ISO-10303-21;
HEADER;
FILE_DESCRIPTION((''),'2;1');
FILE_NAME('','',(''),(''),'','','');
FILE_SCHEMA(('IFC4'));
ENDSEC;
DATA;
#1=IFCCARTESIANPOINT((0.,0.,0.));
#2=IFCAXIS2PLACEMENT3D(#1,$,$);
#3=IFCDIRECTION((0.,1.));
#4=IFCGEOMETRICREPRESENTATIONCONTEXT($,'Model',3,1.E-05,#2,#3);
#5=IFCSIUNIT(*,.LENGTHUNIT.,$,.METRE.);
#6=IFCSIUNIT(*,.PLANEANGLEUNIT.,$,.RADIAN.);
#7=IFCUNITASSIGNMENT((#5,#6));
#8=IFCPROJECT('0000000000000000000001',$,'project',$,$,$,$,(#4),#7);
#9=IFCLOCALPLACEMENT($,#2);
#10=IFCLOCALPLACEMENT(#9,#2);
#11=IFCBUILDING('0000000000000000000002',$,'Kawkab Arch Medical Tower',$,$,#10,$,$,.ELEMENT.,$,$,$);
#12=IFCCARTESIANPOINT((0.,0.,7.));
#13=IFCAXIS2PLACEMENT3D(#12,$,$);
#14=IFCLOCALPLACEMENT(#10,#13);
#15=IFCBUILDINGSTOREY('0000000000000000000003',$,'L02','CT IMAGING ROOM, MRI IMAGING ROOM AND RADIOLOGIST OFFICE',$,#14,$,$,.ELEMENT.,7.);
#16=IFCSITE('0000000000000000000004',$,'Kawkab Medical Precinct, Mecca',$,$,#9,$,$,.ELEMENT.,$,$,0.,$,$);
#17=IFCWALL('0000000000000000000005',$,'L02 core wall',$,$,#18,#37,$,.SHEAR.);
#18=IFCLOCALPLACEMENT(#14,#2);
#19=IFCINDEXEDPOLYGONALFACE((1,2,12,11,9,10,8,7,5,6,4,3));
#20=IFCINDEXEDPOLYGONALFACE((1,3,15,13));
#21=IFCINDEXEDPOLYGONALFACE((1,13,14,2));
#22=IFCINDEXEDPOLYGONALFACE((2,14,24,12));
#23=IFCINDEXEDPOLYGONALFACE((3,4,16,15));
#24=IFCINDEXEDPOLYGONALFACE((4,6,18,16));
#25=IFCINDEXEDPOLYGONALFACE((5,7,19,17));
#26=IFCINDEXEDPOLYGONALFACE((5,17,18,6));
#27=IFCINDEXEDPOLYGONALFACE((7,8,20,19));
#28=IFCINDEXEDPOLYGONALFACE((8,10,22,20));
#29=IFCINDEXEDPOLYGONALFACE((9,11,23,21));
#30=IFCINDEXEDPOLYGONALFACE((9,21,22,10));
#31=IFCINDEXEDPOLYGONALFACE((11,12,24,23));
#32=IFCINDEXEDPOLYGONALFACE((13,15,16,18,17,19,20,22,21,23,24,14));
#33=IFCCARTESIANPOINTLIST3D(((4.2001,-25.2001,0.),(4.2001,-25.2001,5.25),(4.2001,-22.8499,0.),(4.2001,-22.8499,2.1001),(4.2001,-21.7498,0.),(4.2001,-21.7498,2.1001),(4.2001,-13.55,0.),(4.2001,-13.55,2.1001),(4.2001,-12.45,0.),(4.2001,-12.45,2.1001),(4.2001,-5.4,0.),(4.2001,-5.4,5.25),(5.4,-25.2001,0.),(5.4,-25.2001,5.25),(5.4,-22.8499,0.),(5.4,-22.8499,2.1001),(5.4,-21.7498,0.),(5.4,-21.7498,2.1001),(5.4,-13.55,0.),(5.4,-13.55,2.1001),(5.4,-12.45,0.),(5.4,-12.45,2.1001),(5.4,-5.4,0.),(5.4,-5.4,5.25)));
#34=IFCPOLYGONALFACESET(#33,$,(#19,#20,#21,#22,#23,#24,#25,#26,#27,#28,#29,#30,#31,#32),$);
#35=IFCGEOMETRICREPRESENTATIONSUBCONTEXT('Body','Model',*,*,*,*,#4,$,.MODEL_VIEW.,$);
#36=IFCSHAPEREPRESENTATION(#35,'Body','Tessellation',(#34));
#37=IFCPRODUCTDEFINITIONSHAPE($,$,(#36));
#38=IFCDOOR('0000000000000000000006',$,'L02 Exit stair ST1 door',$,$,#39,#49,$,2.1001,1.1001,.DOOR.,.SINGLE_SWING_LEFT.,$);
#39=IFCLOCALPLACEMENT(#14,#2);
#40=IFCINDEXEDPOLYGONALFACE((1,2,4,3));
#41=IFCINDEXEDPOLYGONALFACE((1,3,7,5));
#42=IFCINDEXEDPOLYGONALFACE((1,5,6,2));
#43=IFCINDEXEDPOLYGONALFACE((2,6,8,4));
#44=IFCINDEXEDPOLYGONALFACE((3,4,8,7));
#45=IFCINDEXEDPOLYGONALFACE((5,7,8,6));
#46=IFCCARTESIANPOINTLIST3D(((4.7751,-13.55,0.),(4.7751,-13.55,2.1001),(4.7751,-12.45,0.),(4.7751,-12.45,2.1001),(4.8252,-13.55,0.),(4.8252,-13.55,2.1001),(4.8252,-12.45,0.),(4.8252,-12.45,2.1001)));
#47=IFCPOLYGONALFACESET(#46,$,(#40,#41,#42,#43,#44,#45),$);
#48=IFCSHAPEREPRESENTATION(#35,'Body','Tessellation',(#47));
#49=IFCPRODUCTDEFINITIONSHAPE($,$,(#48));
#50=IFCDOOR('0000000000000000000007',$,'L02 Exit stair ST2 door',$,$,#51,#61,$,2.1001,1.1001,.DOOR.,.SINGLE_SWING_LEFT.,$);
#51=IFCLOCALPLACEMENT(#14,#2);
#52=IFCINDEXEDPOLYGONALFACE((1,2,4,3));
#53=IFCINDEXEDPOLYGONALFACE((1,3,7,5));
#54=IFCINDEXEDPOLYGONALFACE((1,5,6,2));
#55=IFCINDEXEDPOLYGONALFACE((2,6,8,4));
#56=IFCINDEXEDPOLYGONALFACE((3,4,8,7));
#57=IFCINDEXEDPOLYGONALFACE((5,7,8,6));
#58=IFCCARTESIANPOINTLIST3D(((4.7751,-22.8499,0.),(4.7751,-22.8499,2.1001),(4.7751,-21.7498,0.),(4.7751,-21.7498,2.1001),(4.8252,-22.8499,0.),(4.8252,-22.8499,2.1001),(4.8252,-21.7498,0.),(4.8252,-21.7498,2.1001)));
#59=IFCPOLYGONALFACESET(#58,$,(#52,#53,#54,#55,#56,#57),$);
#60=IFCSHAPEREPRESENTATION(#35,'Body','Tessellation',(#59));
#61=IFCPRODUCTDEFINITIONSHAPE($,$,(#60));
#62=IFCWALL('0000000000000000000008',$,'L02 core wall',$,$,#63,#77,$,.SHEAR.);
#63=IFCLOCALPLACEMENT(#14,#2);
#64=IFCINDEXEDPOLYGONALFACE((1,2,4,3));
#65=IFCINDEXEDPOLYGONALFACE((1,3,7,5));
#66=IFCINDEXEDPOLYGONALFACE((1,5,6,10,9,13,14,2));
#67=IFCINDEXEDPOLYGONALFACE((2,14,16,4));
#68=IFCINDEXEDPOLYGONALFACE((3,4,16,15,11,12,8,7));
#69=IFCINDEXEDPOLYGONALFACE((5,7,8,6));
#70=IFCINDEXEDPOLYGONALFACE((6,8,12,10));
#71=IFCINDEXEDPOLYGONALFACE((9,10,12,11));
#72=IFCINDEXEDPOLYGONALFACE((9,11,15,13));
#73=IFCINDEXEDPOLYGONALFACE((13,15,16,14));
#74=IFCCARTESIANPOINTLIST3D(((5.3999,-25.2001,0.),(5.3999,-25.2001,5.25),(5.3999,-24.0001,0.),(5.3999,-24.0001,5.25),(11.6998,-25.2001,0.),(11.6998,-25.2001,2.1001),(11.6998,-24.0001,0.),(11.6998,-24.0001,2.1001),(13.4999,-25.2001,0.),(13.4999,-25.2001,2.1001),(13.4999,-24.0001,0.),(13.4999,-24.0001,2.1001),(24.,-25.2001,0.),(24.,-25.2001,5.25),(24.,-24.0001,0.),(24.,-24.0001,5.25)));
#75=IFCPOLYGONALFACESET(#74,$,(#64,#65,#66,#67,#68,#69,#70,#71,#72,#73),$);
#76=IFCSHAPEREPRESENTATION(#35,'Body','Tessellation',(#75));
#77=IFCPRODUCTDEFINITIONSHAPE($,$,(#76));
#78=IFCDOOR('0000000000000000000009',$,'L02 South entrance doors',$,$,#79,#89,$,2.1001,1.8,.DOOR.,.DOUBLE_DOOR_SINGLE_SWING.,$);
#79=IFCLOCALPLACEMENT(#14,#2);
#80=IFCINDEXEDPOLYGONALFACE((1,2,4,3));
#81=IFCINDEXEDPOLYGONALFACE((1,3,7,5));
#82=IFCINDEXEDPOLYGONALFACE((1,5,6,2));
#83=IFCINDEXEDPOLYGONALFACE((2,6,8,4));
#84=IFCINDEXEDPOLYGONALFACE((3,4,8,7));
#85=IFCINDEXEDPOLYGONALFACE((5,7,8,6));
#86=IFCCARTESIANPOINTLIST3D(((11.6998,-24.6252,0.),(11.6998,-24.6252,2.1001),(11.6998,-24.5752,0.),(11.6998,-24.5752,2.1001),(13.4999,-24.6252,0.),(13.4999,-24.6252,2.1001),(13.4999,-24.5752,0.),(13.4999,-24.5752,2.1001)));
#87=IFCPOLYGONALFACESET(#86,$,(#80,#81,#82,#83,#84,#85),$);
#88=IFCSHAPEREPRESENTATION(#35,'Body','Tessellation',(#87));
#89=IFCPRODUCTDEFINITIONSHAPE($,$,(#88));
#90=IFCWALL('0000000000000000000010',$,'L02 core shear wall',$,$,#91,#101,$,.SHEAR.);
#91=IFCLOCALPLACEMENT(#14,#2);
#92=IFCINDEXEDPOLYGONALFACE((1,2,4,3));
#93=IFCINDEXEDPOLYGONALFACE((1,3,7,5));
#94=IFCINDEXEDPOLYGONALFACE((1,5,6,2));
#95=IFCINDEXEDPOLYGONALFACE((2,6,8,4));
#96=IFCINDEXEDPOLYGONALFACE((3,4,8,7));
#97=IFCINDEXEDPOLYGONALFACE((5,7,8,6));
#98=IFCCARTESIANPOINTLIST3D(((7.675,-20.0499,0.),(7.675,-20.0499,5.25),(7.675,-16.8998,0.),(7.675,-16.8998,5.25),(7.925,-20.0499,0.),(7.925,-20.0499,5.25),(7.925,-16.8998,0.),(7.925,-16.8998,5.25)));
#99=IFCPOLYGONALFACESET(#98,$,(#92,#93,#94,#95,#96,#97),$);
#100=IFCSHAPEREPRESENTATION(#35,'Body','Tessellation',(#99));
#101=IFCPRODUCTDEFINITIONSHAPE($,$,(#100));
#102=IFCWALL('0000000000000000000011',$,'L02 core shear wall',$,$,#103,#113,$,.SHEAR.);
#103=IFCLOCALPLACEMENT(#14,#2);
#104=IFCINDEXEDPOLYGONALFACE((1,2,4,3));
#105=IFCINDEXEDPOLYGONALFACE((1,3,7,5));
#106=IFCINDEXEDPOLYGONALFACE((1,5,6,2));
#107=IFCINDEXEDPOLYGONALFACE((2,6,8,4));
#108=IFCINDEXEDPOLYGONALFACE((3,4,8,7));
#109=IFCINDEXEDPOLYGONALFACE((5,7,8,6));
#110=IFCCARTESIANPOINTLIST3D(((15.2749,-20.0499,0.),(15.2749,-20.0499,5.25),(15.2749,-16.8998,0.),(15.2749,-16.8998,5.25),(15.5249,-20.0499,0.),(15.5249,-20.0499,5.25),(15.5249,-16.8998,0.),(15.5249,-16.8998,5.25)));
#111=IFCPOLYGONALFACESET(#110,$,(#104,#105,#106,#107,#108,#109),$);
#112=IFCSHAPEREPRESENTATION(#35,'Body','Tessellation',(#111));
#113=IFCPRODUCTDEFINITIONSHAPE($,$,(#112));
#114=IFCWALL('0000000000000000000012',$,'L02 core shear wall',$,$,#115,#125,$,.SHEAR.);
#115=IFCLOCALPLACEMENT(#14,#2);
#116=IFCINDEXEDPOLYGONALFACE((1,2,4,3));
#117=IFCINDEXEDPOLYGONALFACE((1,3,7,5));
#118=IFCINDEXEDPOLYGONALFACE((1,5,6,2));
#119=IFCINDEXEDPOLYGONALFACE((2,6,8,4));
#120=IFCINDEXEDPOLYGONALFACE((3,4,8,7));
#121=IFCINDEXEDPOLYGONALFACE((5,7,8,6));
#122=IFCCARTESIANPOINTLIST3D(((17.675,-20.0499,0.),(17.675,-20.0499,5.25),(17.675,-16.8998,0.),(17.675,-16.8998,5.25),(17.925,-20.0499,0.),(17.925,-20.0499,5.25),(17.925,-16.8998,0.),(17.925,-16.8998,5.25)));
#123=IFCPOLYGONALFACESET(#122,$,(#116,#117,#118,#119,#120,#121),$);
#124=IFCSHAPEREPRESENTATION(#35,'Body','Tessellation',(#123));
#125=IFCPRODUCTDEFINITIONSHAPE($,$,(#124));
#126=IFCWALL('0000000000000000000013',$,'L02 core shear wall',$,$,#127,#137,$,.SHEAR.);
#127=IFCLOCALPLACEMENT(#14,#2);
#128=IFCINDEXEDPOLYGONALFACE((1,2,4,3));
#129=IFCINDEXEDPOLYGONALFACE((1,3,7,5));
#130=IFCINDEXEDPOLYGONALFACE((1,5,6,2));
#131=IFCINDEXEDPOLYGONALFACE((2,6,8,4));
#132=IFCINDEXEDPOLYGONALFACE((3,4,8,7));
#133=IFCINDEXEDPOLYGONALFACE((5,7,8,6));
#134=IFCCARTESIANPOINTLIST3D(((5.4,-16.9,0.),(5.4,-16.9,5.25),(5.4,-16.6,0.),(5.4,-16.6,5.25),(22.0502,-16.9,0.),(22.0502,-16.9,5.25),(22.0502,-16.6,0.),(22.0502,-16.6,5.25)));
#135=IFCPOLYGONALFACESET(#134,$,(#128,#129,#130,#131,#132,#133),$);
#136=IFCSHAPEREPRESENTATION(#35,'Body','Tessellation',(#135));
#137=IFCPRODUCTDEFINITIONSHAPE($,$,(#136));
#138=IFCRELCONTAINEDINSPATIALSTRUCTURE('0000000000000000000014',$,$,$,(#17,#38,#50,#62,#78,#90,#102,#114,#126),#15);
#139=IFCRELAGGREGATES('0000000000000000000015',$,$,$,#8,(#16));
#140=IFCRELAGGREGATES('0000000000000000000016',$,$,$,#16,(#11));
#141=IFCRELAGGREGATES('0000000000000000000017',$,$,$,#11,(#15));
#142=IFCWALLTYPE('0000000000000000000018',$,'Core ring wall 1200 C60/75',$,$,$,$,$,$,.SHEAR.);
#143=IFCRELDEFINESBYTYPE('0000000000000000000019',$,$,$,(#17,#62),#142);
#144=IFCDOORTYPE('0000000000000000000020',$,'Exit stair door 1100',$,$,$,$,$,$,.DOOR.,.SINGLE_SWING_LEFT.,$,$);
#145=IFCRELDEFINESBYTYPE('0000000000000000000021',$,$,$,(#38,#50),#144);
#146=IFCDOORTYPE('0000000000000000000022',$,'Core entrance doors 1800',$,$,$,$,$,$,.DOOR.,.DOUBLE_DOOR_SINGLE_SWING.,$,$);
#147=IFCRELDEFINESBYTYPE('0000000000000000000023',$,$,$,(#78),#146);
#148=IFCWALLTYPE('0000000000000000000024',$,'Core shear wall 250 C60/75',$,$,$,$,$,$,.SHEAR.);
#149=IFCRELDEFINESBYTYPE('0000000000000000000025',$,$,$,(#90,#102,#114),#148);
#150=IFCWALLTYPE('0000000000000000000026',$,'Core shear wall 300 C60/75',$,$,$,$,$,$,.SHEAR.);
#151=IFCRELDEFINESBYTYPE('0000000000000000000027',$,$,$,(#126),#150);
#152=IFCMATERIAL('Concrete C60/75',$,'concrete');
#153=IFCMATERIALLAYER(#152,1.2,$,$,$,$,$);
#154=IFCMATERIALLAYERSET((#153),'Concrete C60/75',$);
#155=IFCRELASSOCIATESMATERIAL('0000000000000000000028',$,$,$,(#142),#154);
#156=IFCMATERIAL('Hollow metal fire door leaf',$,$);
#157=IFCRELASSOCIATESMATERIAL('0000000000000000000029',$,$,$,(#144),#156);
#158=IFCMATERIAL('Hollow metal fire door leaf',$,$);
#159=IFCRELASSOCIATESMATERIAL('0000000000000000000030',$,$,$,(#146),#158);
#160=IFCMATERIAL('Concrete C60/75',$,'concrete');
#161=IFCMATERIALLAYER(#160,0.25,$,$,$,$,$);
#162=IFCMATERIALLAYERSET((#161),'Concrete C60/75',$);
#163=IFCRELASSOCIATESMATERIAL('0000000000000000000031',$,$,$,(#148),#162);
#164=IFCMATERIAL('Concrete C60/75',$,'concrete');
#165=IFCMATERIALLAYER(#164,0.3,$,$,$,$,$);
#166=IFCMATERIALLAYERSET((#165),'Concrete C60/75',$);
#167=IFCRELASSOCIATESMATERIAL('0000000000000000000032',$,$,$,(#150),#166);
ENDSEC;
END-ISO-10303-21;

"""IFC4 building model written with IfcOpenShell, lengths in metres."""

from ifc_helpers import new_model, si_unit, direction, frame, frame_2d, origin, place, context, subcontext, project, spatial, rectangle, extrude, material, layer, layer_set, type_object, element, fill, save


model = new_model("IFC4")

# Units and contexts
model_context = context("Model", 3, precision=1e-05, world=origin(), true_north=direction((0.0, 1.0)))
body_context = subcontext(model_context, "Body", "Model", "MODEL_VIEW")
ifc_project = project(units=[si_unit("LENGTHUNIT", "METRE"), si_unit("PLANEANGLEUNIT", "RADIAN")], contexts=[model_context])

# Site, building, storey
site_placement = place(None, origin())
site = spatial("IfcSite", under=ifc_project, at=site_placement, Name="Kawkab Medical Precinct, Mecca", CompositionType="ELEMENT", RefElevation=0.0)
building_placement = place(site_placement, origin())
building = spatial("IfcBuilding", under=site, at=building_placement, Name="Kawkab Arch Medical Tower", CompositionType="ELEMENT")
storey_placement = place(building_placement, frame((0.0, 0.0, 7.0)))
storey = spatial("IfcBuildingStorey", under=building, at=storey_placement, Name="L02", Description="CT IMAGING ROOM, MRI IMAGING ROOM AND RADIOLOGIST OFFICE", CompositionType="ELEMENT", Elevation=7.0)

# Wall, openings, doors
ifc_material_1 = material(Name="Concrete C60/75", Category="concrete")
ifc_layer_1 = layer(ifc_material_1, 1.2)
ifc_layer_set_1 = layer_set([ifc_layer_1], Name="Concrete C60/75")
wall_type_1 = type_object("IfcWallType", Name="Core ring wall 1200 C60/75", PredefinedType="SHEAR", material=ifc_layer_set_1)
wall_1_placement = place(storey_placement, frame((4.8, -25.2, 0.0), z_axis=(0.0, 0.0, 1.0), x_axis=(0.0, 1.0, 0.0)))
wall_1 = element("IfcWall", 1, at=wall_1_placement, inside=storey, type_object=wall_type_1, Name="L02 core wall", PredefinedType="SHEAR", context=body_context, shape_type="SweptSolid", body=[
    extrude(rectangle(XDim=19.8, YDim=1.2, at=frame_2d((9.8999, 0.0))), origin(), (0.0, 0.0, 1.0), 5.25),
])
opening_1_placement = place(wall_1_placement, frame((11.6499, 0.0, 0.0)))
opening_1 = element("IfcOpeningElement", 2, at=opening_1_placement, cuts=wall_1, PredefinedType="OPENING", context=body_context, shape_type="SweptSolid", body=[
    extrude(rectangle(XDim=1.1001, YDim=2.1001, at=frame_2d((0.55, 1.05))), frame((0.0, 0.6099, 0.0), z_axis=(0.0, -1.0, 0.0), x_axis=(1.0, 0.0, 0.0)), (0.0, 0.0, 1.0), 1.22),
])
opening_2_placement = place(wall_1_placement, frame((2.3501, 0.0, 0.0)))
opening_2 = element("IfcOpeningElement", 3, at=opening_2_placement, cuts=wall_1, PredefinedType="OPENING", context=body_context, shape_type="SweptSolid", body=[
    extrude(rectangle(XDim=1.1001, YDim=2.1001, at=frame_2d((0.55, 1.05))), frame((0.0, 0.6099, 0.0), z_axis=(0.0, -1.0, 0.0), x_axis=(1.0, 0.0, 0.0)), (0.0, 0.0, 1.0), 1.22),
])
ifc_material_2 = material(Name="Hollow metal fire door leaf")
door_type_1 = type_object("IfcDoorType", Name="Exit stair door 1100", OperationType="SINGLE_SWING_LEFT", PredefinedType="DOOR", material=ifc_material_2)
door_1_placement = place(opening_1_placement, origin())
door_1 = element("IfcDoor", 4, at=door_1_placement, inside=storey, type_object=door_type_1, Name="L02 Exit stair ST1 door", OperationType="SINGLE_SWING_LEFT", OverallHeight=2.1001, OverallWidth=1.1001, PredefinedType="DOOR", context=body_context, shape_type="SweptSolid", body=[
    extrude(rectangle(XDim=1.1001, YDim=2.1001, at=frame_2d((0.55, 1.05))), frame((0.0, 0.0249, 0.0), z_axis=(0.0, -1.0, 0.0), x_axis=(1.0, 0.0, 0.0)), (0.0, 0.0, 1.0), 0.05),
])
fill(opening_1, door_1)
door_2_placement = place(opening_2_placement, origin())
door_2 = element("IfcDoor", 5, at=door_2_placement, inside=storey, type_object=door_type_1, Name="L02 Exit stair ST2 door", OperationType="SINGLE_SWING_LEFT", OverallHeight=2.1001, OverallWidth=1.1001, PredefinedType="DOOR", context=body_context, shape_type="SweptSolid", body=[
    extrude(rectangle(XDim=1.1001, YDim=2.1001, at=frame_2d((0.55, 1.05))), frame((0.0, 0.0249, 0.0), z_axis=(0.0, -1.0, 0.0), x_axis=(1.0, 0.0, 0.0)), (0.0, 0.0, 1.0), 0.05),
])
fill(opening_2, door_2)

# Wall, opening, door
wall_2_placement = place(storey_placement, frame((5.3999, -24.6001, 0.0), z_axis=(0.0, 0.0, 1.0), x_axis=(1.0, 0.0, 0.0)))
wall_2 = element("IfcWall", 6, at=wall_2_placement, inside=storey, type_object=wall_type_1, Name="L02 core wall", PredefinedType="SHEAR", context=body_context, shape_type="SweptSolid", body=[
    extrude(rectangle(XDim=18.6001, YDim=1.2, at=frame_2d((9.3, 0.0))), origin(), (0.0, 0.0, 1.0), 5.25),
])
opening_3_placement = place(wall_2_placement, frame((6.3, 0.0, 0.0)))
opening_3 = element("IfcOpeningElement", 7, at=opening_3_placement, cuts=wall_2, PredefinedType="OPENING", context=body_context, shape_type="SweptSolid", body=[
    extrude(rectangle(XDim=1.8, YDim=2.1001, at=frame_2d((0.8999, 1.05))), frame((0.0, 0.6099, 0.0), z_axis=(0.0, -1.0, 0.0), x_axis=(1.0, 0.0, 0.0)), (0.0, 0.0, 1.0), 1.22),
])
ifc_material_3 = material(Name="Hollow metal fire door leaf")
door_type_2 = type_object("IfcDoorType", Name="Core entrance doors 1800", OperationType="DOUBLE_DOOR_SINGLE_SWING", PredefinedType="DOOR", material=ifc_material_3)
door_3_placement = place(opening_3_placement, origin())
door_3 = element("IfcDoor", 8, at=door_3_placement, inside=storey, type_object=door_type_2, Name="L02 South entrance doors", OperationType="DOUBLE_DOOR_SINGLE_SWING", OverallHeight=2.1001, OverallWidth=1.8, PredefinedType="DOOR", context=body_context, shape_type="SweptSolid", body=[
    extrude(rectangle(XDim=1.8, YDim=2.1001, at=frame_2d((0.8999, 1.05))), frame((0.0, 0.0249, 0.0), z_axis=(0.0, -1.0, 0.0), x_axis=(1.0, 0.0, 0.0)), (0.0, 0.0, 1.0), 0.05),
])
fill(opening_3, door_3)

# Walls
ifc_material_4 = material(Name="Concrete C60/75", Category="concrete")
ifc_layer_2 = layer(ifc_material_4, 0.25)
ifc_layer_set_2 = layer_set([ifc_layer_2], Name="Concrete C60/75")
wall_type_2 = type_object("IfcWallType", Name="Core shear wall 250 C60/75", PredefinedType="SHEAR", material=ifc_layer_set_2)
for number, where, z_axis, x_axis, name in (
    (9, (7.8, -20.05, 0.0), (0.0, 0.0, 1.0), (0.0, 1.0, 0.0), "L02 core shear wall"),
    (10, (15.3999, -20.05, 0.0), (0.0, 0.0, 1.0), (0.0, 1.0, 0.0), "L02 core shear wall"),
    (11, (17.8, -20.05, 0.0), (0.0, 0.0, 1.0), (0.0, 1.0, 0.0), "L02 core shear wall"),
):
    element("IfcWall", number, at=place(storey_placement, frame(where, z_axis=z_axis, x_axis=x_axis)), inside=storey, type_object=wall_type_2, Name=name, PredefinedType="SHEAR", context=body_context, shape_type="SweptSolid", body=[
        extrude(rectangle(XDim=3.1501, YDim=0.25, at=frame_2d((1.5752, 0.0))), origin(), (0.0, 0.0, 1.0), 5.25),
    ])
ifc_material_5 = material(Name="Concrete C60/75", Category="concrete")
ifc_layer_3 = layer(ifc_material_5, 0.3)
ifc_layer_set_3 = layer_set([ifc_layer_3], Name="Concrete C60/75")
wall_type_3 = type_object("IfcWallType", Name="Core shear wall 300 C60/75", PredefinedType="SHEAR", material=ifc_layer_set_3)
wall_3_placement = place(storey_placement, frame((5.3999, -16.75, 0.0), z_axis=(0.0, 0.0, 1.0), x_axis=(1.0, 0.0, 0.0)))
element("IfcWall", 12, at=wall_3_placement, inside=storey, type_object=wall_type_3, Name="L02 core shear wall", PredefinedType="SHEAR", context=body_context, shape_type="SweptSolid", body=[
    extrude(rectangle(XDim=16.6501, YDim=0.3, at=frame_2d((8.3252, 0.0))), origin(), (0.0, 0.0, 1.0), 5.25),
])

save(model, "model.ifc")
